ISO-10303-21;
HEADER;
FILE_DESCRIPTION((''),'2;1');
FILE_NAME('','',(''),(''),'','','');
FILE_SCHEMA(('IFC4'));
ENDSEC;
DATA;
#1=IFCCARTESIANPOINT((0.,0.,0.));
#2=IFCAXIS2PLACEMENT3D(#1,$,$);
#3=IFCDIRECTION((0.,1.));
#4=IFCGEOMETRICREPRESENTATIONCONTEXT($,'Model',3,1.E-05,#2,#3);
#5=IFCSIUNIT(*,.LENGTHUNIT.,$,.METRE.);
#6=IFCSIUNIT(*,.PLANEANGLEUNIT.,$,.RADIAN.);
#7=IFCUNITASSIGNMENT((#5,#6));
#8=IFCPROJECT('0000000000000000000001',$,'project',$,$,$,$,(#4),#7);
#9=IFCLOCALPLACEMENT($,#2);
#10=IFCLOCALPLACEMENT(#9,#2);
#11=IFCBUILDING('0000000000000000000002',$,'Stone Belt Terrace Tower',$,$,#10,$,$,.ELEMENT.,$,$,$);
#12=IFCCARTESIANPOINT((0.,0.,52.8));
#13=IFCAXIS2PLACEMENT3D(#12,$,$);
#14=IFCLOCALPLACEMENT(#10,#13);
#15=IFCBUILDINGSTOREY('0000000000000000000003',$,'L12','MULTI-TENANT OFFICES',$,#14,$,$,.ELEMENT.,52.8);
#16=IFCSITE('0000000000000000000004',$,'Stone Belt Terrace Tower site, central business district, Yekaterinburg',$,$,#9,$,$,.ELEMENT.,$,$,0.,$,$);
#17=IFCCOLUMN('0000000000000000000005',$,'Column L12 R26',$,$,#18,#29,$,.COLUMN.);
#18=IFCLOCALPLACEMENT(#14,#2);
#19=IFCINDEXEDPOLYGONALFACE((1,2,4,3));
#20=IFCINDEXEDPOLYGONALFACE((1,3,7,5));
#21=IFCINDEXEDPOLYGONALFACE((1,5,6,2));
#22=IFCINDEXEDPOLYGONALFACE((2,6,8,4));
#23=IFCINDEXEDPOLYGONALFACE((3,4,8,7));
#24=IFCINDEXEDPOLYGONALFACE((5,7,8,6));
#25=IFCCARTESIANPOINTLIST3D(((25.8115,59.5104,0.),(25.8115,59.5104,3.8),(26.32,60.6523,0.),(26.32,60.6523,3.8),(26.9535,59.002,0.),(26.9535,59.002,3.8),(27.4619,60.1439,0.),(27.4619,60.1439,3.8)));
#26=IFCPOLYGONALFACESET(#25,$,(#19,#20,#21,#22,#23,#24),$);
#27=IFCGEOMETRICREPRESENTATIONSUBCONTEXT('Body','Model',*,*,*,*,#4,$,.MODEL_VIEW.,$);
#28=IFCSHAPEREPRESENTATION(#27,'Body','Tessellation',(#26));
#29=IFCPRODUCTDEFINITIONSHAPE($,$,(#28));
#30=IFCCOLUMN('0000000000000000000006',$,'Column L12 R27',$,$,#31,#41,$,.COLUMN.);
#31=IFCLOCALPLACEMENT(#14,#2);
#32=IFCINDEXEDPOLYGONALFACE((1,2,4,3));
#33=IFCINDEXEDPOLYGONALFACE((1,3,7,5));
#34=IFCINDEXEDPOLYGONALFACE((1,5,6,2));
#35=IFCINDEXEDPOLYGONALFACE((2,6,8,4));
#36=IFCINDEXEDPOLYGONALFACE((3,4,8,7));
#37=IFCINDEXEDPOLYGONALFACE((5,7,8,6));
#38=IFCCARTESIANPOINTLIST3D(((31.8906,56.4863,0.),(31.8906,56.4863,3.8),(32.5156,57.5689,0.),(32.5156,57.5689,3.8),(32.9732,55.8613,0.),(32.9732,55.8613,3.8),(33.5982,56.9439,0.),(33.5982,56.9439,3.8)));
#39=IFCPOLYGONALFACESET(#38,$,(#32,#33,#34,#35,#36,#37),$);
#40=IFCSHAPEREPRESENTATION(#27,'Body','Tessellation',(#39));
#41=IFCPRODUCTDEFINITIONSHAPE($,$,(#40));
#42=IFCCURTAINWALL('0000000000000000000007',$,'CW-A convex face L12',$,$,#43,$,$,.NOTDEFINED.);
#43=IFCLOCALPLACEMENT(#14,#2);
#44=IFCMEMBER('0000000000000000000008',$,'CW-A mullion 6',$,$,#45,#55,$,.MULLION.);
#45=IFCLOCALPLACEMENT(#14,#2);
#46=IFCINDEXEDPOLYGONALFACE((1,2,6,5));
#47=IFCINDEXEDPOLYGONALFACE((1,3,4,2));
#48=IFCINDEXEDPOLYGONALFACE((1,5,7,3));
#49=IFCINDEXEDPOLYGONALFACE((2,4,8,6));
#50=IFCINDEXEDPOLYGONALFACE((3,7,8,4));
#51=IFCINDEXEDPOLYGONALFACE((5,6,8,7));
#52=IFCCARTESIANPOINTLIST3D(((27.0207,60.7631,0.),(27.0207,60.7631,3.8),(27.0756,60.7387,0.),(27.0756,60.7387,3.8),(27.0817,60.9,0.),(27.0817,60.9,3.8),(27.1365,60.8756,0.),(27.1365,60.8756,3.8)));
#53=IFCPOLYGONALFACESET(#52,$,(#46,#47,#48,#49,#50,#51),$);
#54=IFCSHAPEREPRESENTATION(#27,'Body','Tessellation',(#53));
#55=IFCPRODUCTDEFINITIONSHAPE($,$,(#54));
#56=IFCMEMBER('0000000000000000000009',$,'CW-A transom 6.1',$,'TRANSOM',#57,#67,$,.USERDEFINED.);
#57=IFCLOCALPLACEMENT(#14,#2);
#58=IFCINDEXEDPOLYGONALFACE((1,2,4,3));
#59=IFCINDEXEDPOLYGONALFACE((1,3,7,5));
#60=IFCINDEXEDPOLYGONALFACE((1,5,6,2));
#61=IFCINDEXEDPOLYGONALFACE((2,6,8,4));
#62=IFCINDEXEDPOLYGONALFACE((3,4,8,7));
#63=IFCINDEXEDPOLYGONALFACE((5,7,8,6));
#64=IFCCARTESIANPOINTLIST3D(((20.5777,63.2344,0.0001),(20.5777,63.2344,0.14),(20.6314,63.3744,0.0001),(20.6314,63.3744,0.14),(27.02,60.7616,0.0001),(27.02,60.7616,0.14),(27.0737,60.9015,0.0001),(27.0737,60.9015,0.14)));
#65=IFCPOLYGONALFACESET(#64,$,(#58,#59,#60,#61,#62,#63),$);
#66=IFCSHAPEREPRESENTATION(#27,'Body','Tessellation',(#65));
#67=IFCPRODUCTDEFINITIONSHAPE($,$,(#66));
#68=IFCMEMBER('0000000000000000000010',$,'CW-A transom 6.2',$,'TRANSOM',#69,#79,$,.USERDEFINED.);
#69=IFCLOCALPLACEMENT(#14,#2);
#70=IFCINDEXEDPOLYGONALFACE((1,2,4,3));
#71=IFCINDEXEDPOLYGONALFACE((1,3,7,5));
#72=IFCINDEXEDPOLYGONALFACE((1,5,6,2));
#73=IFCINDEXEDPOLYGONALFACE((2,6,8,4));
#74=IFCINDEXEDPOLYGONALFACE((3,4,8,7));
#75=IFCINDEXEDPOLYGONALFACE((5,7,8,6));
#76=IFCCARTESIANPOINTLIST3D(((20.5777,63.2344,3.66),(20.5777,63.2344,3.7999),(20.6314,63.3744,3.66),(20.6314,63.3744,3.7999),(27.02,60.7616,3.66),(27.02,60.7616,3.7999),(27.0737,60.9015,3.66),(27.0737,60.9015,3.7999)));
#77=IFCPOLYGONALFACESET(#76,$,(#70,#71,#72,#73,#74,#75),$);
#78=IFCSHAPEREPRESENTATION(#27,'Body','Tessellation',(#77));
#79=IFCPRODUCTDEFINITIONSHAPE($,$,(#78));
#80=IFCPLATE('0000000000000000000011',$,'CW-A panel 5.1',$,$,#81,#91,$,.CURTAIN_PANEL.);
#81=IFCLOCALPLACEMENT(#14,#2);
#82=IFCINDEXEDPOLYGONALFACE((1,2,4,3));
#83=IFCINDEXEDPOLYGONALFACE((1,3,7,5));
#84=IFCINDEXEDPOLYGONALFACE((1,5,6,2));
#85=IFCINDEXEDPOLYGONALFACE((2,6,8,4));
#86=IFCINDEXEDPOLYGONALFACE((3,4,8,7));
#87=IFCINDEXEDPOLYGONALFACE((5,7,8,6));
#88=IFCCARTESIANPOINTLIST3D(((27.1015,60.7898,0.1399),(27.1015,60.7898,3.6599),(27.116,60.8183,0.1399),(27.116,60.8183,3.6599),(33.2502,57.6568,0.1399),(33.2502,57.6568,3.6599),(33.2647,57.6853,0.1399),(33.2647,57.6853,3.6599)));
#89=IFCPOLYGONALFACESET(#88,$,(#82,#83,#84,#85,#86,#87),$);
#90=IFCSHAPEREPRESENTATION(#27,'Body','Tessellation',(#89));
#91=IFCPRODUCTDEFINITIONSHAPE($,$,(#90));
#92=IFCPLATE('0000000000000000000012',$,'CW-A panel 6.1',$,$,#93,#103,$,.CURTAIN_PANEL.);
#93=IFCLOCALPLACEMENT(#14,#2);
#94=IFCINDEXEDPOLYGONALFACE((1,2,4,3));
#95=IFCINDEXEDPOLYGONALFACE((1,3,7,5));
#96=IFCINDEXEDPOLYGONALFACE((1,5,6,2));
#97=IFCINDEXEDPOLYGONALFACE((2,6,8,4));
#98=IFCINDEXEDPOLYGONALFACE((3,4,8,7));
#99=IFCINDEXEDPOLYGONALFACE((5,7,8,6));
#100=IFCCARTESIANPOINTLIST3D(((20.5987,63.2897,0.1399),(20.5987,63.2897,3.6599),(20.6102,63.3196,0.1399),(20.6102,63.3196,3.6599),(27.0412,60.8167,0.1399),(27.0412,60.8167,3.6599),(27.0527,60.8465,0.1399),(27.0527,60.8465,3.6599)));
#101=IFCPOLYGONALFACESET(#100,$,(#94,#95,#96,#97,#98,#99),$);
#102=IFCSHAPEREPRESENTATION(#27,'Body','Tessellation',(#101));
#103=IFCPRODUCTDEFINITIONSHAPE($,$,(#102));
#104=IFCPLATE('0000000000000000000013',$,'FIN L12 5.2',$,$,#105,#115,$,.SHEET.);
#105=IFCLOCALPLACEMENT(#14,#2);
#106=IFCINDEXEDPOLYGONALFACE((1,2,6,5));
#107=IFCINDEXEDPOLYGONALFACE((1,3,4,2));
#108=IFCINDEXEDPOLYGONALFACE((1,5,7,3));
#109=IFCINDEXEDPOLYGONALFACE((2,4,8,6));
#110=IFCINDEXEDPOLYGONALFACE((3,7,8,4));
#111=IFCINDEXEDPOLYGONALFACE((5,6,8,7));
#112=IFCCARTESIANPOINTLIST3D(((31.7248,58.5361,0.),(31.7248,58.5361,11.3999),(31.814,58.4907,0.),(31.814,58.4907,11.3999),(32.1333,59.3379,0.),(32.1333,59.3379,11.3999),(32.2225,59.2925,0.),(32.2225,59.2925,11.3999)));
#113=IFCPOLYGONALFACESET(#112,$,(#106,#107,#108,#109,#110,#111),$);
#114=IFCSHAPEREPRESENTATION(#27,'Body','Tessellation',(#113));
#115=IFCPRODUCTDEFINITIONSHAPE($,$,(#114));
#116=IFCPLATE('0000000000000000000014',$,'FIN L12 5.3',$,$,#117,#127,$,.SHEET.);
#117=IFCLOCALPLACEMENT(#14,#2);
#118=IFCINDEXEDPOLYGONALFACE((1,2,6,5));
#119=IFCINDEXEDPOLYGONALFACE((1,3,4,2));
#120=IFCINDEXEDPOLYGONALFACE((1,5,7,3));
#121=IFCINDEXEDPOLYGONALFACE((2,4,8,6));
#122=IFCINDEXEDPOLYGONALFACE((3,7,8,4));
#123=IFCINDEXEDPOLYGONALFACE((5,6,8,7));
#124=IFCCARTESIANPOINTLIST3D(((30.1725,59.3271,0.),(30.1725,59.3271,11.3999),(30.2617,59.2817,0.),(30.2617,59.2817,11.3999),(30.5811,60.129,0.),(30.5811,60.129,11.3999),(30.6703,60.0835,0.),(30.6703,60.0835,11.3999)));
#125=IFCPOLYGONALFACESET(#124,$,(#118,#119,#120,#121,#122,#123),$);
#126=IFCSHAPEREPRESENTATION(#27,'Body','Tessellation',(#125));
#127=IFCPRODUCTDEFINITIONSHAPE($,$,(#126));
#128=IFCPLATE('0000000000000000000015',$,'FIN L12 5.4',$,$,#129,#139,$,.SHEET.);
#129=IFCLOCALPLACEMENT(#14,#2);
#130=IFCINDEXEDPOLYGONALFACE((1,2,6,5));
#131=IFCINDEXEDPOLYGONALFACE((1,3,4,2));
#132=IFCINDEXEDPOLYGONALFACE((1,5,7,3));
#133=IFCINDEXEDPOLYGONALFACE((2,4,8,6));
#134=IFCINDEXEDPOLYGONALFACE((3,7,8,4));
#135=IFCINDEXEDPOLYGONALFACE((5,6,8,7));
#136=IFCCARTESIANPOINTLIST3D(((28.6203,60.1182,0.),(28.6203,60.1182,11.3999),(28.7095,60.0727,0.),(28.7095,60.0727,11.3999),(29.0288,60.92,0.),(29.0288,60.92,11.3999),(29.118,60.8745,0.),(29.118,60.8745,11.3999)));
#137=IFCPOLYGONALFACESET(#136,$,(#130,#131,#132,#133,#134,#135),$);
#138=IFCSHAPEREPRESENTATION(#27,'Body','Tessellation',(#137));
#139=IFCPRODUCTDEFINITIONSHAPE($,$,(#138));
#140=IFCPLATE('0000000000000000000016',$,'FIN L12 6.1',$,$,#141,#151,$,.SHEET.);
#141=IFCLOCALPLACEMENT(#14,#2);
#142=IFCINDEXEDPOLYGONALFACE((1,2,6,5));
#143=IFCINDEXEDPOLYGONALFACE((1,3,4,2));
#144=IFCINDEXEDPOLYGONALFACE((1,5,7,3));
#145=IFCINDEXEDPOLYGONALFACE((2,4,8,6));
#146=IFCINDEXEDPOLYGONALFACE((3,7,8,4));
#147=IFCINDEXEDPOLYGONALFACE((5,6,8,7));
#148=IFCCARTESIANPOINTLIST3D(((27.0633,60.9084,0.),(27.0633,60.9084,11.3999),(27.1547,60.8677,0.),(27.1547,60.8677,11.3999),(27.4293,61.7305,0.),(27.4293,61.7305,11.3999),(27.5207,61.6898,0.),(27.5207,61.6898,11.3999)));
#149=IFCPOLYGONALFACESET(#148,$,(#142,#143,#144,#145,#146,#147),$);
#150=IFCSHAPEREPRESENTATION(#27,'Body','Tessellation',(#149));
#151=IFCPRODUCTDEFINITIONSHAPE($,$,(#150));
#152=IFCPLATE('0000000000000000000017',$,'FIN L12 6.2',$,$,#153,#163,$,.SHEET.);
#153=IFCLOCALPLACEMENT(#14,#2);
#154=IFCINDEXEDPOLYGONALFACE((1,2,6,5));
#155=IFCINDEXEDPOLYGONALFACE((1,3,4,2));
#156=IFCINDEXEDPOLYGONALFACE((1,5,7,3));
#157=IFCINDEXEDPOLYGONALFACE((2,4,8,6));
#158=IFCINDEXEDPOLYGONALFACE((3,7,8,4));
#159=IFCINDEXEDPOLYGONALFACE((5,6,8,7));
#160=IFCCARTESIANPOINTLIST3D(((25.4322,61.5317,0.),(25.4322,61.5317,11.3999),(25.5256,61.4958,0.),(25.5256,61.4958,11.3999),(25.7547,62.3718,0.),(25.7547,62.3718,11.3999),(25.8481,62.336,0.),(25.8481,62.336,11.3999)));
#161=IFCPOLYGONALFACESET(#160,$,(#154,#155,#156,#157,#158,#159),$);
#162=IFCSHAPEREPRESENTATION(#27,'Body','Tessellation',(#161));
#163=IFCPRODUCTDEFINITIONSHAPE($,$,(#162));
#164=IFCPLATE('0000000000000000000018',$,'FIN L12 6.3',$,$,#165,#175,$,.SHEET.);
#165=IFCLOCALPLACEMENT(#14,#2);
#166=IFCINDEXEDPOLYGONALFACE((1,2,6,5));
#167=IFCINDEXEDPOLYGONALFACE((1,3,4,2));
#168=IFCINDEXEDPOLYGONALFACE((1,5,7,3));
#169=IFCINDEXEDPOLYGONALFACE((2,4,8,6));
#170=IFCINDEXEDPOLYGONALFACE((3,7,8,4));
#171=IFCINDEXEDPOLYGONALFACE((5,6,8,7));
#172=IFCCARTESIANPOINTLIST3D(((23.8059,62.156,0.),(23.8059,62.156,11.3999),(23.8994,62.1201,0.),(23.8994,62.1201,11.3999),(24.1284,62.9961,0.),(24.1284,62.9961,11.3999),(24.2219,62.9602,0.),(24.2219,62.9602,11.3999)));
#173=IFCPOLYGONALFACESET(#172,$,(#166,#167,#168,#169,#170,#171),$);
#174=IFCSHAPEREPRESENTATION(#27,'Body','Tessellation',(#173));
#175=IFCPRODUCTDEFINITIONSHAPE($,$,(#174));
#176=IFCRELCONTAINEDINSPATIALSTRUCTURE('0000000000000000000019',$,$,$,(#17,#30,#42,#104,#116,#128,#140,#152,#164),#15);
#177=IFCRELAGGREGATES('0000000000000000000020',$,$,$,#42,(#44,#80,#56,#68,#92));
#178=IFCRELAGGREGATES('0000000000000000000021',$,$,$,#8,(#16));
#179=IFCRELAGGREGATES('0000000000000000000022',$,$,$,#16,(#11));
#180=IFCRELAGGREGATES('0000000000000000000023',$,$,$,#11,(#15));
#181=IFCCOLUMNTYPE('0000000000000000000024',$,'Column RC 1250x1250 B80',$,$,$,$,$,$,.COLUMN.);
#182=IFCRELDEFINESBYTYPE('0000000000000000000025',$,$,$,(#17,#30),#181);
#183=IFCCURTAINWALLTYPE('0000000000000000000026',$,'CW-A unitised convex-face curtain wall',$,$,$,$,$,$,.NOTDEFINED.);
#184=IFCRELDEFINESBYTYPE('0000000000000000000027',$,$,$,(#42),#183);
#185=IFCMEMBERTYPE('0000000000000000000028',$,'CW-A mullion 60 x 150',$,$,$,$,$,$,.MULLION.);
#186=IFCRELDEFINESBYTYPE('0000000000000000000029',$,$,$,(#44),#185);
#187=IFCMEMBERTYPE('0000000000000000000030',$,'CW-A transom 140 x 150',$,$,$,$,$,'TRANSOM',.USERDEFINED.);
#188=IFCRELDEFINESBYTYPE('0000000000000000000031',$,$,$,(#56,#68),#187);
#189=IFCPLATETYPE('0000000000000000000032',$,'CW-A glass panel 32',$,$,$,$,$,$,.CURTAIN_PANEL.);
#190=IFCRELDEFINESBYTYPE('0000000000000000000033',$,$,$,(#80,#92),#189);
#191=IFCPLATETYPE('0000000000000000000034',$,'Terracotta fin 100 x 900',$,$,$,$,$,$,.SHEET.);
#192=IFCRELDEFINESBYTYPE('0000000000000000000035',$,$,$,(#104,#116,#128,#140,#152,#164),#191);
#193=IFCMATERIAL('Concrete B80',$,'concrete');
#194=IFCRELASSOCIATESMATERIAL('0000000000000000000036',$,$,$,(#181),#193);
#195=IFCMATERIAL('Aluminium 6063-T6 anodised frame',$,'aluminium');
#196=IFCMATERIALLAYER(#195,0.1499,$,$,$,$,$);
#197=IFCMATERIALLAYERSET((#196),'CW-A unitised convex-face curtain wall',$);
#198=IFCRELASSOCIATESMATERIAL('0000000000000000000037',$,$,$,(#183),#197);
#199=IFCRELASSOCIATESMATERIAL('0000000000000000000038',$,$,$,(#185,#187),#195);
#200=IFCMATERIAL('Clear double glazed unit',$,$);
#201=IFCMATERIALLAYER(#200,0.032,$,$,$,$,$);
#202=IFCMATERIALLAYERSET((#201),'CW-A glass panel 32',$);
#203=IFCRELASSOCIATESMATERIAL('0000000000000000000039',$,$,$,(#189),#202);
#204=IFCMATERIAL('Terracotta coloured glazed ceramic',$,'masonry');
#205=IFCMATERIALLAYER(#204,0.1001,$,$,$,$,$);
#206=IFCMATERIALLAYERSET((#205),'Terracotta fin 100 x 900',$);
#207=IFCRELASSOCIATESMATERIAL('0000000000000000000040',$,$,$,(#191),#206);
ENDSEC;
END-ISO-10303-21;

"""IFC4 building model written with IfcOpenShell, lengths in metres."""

from ifc_helpers import new_model, si_unit, direction, frame, origin, origin_2d, place, context, subcontext, project, spatial, rectangle, extrude, material, layer, layer_set, material_profile, profile_set, type_object, element, aggregate, save


model = new_model("IFC4")

# Units and contexts
model_context = context("Model", 3, precision=1e-05, world=origin(), true_north=direction((0.0, 1.0)))
body_context = subcontext(model_context, "Body", "Model", "MODEL_VIEW")
ifc_project = project(units=[si_unit("LENGTHUNIT", "METRE"), si_unit("PLANEANGLEUNIT", "RADIAN")], contexts=[model_context])

# Site, building, storey
site_placement = place(None, origin())
site = spatial("IfcSite", under=ifc_project, at=site_placement, Name="Stone Belt Terrace Tower site, central business district, Yekaterinburg", CompositionType="ELEMENT", RefElevation=0.0)
building_placement = place(site_placement, origin())
building = spatial("IfcBuilding", under=site, at=building_placement, Name="Stone Belt Terrace Tower", CompositionType="ELEMENT")
storey_placement = place(building_placement, frame((0.0, 0.0, 52.8)))
storey = spatial("IfcBuildingStorey", under=building, at=storey_placement, Name="L12", Description="MULTI-TENANT OFFICES", CompositionType="ELEMENT", Elevation=52.8)

# Columns
ifc_material_1 = material(Name="Concrete B80", Category="concrete")
ifc_material_profile_1 = material_profile(ifc_material_1, rectangle(XDim=1.25, YDim=1.25, at=origin_2d()), Name="RC 1250x1250")
ifc_profile_set_1 = profile_set([ifc_material_profile_1], Name="Concrete B80")
column_type = type_object("IfcColumnType", Name="Column RC 1250x1250 B80", PredefinedType="COLUMN", material=ifc_profile_set_1)
for number, where, z_axis, x_axis, name in (
    (1, (26.6367, 59.8271, 0.0), (0.0, 0.0, 1.0), (0.913545, -0.406737, 0.0), "Column L12 R26"),
    (2, (32.7444, 56.7151, 0.0), (0.0, 0.0, 1.0), (0.866025, -0.5, 0.0), "Column L12 R27"),
):
    element("IfcColumn", number, at=place(storey_placement, frame(where, z_axis=z_axis, x_axis=x_axis)), inside=storey, type_object=column_type, Name=name, PredefinedType="COLUMN", context=body_context, shape_type="SweptSolid", body=[
        extrude(rectangle(XDim=1.25, YDim=1.25, at=origin_2d()), origin(), (0.0, 0.0, 1.0), 3.8),
    ])

# Curtain wall, members, plates
ifc_material_2 = material(Name="Aluminium 6063-T6 anodised frame", Category="aluminium")
ifc_layer_1 = layer(ifc_material_2, 0.1499)
ifc_layer_set_1 = layer_set([ifc_layer_1], Name="CW-A unitised convex-face curtain wall")
curtain_wall_type = type_object("IfcCurtainWallType", Name="CW-A unitised convex-face curtain wall", PredefinedType="NOTDEFINED", material=ifc_layer_set_1)
curtain_wall_placement = place(storey_placement, origin())
curtain_wall = element("IfcCurtainWall", 3, at=curtain_wall_placement, inside=storey, type_object=curtain_wall_type, Name="CW-A convex face L12", PredefinedType="NOTDEFINED")
ifc_material_profile_2 = material_profile(ifc_material_2, rectangle(XDim=0.1499, YDim=0.0601, at=origin_2d()), Name="Aluminium 6063-T6 60x150")
ifc_profile_set_2 = profile_set([ifc_material_profile_2], Name="Aluminium 6063-T6 anodised frame")
member_type_1 = type_object("IfcMemberType", Name="CW-A mullion 60 x 150", PredefinedType="MULLION", material=ifc_profile_set_2)
member_1_placement = place(storey_placement, frame((27.0786, 60.8193, 0.0), z_axis=(0.0, 0.0, 1.0), x_axis=(-0.406737, -0.913545, 0.0)))
member_1 = element("IfcMember", 4, at=member_1_placement, type_object=member_type_1, Name="CW-A mullion 6", PredefinedType="MULLION", context=body_context, shape_type="SweptSolid", body=[
    extrude(rectangle(XDim=0.1499, YDim=0.0601, at=origin_2d()), origin(), (0.0, 0.0, 1.0), 3.8),
])
ifc_material_profile_3 = material_profile(ifc_material_2, rectangle(XDim=0.1499, YDim=0.1399, at=origin_2d()), Name="Aluminium 6063-T6 150x140")
ifc_profile_set_3 = profile_set([ifc_material_profile_3], Name="Aluminium 6063-T6 anodised frame")
member_type_2 = type_object("IfcMemberType", Name="CW-A transom 140 x 150", ElementType="TRANSOM", PredefinedType="USERDEFINED", material=ifc_profile_set_3)
member_2_placement = place(storey_placement, frame((27.0469, 60.8315, 0.0701), z_axis=(-0.933585, 0.358355, 0.0), x_axis=(-0.358355, -0.933585, 0.0)))
member_2 = element("IfcMember", 5, at=member_2_placement, type_object=member_type_2, Name="CW-A transom 6.1", ObjectType="TRANSOM", PredefinedType="USERDEFINED", context=body_context, shape_type="SweptSolid", body=[
    extrude(rectangle(XDim=0.1499, YDim=0.1399, at=origin_2d()), origin(), (0.0, 0.0, 1.0), 6.9006),
])
member_3_placement = place(storey_placement, frame((27.0469, 60.8315, 3.73), z_axis=(-0.933585, 0.358355, 0.0), x_axis=(-0.358355, -0.933585, 0.0)))
member_3 = element("IfcMember", 6, at=member_3_placement, type_object=member_type_2, Name="CW-A transom 6.2", ObjectType="TRANSOM", PredefinedType="USERDEFINED", context=body_context, shape_type="SweptSolid", body=[
    extrude(rectangle(XDim=0.1499, YDim=0.1399, at=origin_2d()), origin(), (0.0, 0.0, 1.0), 6.9006),
])
ifc_material_3 = material(Name="Clear double glazed unit")
ifc_layer_2 = layer(ifc_material_3, 0.032)
ifc_layer_set_2 = layer_set([ifc_layer_2], Name="CW-A glass panel 32")
plate_type_1 = type_object("IfcPlateType", Name="CW-A glass panel 32", PredefinedType="CURTAIN_PANEL", material=ifc_layer_set_2)
plate_1_placement = place(storey_placement, frame((30.1831, 59.2375, 0.1399), z_axis=(0.0, 0.0, 1.0), x_axis=(-0.891007, 0.45399, 0.0)))
plate_1 = element("IfcPlate", 7, at=plate_1_placement, type_object=plate_type_1, Name="CW-A panel 5.1", PredefinedType="CURTAIN_PANEL", context=body_context, shape_type="SweptSolid", body=[
    extrude(rectangle(XDim=6.9009, YDim=0.032, at=origin_2d()), origin(), (0.0, 0.0, 1.0), 3.52),
])
plate_2_placement = place(storey_placement, frame((23.8257, 62.0681, 0.1399), z_axis=(0.0, 0.0, 1.0), x_axis=(-0.93358, 0.358368, 0.0)))
plate_2 = element("IfcPlate", 8, at=plate_2_placement, type_object=plate_type_1, Name="CW-A panel 6.1", PredefinedType="CURTAIN_PANEL", context=body_context, shape_type="SweptSolid", body=[
    extrude(rectangle(XDim=6.9009, YDim=0.032, at=origin_2d()), origin(), (0.0, 0.0, 1.0), 3.52),
])
aggregate(curtain_wall, [member_1, plate_1, member_2, member_3, plate_2])

# Plates
ifc_material_4 = material(Name="Terracotta coloured glazed ceramic", Category="masonry")
ifc_layer_3 = layer(ifc_material_4, 0.1001)
ifc_layer_set_3 = layer_set([ifc_layer_3], Name="Terracotta fin 100 x 900")
plate_type_2 = type_object("IfcPlateType", Name="Terracotta fin 100 x 900", PredefinedType="SHEET", material=ifc_layer_set_3)
for number, where, z_axis, x_axis, name in (
    (9, (31.9736, 58.9143, 0.0), (0.0, 0.0, 1.0), (0.45399, 0.891007, 0.0), "FIN L12 5.2"),
    (10, (30.4214, 59.7053, 0.0), (0.0, 0.0, 1.0), (0.45399, 0.891007, 0.0), "FIN L12 5.3"),
    (11, (28.8691, 60.4963, 0.0), (0.0, 0.0, 1.0), (0.45399, 0.891007, 0.0), "FIN L12 5.4"),
    (12, (27.292, 61.2991, 0.0), (0.0, 0.0, 1.0), (0.406737, 0.913545, 0.0), "FIN L12 6.1"),
    (13, (25.6401, 61.9338, 0.0), (0.0, 0.0, 1.0), (0.358368, 0.93358, 0.0), "FIN L12 6.2"),
    (14, (24.0139, 62.5581, 0.0), (0.0, 0.0, 1.0), (0.358368, 0.93358, 0.0), "FIN L12 6.3"),
):
    element("IfcPlate", number, at=place(storey_placement, frame(where, z_axis=z_axis, x_axis=x_axis)), inside=storey, type_object=plate_type_2, Name=name, PredefinedType="SHEET", context=body_context, shape_type="SweptSolid", body=[
        extrude(rectangle(XDim=0.8999, YDim=0.1001, at=origin_2d()), origin(), (0.0, 0.0, 1.0), 11.3999),
    ])

save(model, "model.ifc")
